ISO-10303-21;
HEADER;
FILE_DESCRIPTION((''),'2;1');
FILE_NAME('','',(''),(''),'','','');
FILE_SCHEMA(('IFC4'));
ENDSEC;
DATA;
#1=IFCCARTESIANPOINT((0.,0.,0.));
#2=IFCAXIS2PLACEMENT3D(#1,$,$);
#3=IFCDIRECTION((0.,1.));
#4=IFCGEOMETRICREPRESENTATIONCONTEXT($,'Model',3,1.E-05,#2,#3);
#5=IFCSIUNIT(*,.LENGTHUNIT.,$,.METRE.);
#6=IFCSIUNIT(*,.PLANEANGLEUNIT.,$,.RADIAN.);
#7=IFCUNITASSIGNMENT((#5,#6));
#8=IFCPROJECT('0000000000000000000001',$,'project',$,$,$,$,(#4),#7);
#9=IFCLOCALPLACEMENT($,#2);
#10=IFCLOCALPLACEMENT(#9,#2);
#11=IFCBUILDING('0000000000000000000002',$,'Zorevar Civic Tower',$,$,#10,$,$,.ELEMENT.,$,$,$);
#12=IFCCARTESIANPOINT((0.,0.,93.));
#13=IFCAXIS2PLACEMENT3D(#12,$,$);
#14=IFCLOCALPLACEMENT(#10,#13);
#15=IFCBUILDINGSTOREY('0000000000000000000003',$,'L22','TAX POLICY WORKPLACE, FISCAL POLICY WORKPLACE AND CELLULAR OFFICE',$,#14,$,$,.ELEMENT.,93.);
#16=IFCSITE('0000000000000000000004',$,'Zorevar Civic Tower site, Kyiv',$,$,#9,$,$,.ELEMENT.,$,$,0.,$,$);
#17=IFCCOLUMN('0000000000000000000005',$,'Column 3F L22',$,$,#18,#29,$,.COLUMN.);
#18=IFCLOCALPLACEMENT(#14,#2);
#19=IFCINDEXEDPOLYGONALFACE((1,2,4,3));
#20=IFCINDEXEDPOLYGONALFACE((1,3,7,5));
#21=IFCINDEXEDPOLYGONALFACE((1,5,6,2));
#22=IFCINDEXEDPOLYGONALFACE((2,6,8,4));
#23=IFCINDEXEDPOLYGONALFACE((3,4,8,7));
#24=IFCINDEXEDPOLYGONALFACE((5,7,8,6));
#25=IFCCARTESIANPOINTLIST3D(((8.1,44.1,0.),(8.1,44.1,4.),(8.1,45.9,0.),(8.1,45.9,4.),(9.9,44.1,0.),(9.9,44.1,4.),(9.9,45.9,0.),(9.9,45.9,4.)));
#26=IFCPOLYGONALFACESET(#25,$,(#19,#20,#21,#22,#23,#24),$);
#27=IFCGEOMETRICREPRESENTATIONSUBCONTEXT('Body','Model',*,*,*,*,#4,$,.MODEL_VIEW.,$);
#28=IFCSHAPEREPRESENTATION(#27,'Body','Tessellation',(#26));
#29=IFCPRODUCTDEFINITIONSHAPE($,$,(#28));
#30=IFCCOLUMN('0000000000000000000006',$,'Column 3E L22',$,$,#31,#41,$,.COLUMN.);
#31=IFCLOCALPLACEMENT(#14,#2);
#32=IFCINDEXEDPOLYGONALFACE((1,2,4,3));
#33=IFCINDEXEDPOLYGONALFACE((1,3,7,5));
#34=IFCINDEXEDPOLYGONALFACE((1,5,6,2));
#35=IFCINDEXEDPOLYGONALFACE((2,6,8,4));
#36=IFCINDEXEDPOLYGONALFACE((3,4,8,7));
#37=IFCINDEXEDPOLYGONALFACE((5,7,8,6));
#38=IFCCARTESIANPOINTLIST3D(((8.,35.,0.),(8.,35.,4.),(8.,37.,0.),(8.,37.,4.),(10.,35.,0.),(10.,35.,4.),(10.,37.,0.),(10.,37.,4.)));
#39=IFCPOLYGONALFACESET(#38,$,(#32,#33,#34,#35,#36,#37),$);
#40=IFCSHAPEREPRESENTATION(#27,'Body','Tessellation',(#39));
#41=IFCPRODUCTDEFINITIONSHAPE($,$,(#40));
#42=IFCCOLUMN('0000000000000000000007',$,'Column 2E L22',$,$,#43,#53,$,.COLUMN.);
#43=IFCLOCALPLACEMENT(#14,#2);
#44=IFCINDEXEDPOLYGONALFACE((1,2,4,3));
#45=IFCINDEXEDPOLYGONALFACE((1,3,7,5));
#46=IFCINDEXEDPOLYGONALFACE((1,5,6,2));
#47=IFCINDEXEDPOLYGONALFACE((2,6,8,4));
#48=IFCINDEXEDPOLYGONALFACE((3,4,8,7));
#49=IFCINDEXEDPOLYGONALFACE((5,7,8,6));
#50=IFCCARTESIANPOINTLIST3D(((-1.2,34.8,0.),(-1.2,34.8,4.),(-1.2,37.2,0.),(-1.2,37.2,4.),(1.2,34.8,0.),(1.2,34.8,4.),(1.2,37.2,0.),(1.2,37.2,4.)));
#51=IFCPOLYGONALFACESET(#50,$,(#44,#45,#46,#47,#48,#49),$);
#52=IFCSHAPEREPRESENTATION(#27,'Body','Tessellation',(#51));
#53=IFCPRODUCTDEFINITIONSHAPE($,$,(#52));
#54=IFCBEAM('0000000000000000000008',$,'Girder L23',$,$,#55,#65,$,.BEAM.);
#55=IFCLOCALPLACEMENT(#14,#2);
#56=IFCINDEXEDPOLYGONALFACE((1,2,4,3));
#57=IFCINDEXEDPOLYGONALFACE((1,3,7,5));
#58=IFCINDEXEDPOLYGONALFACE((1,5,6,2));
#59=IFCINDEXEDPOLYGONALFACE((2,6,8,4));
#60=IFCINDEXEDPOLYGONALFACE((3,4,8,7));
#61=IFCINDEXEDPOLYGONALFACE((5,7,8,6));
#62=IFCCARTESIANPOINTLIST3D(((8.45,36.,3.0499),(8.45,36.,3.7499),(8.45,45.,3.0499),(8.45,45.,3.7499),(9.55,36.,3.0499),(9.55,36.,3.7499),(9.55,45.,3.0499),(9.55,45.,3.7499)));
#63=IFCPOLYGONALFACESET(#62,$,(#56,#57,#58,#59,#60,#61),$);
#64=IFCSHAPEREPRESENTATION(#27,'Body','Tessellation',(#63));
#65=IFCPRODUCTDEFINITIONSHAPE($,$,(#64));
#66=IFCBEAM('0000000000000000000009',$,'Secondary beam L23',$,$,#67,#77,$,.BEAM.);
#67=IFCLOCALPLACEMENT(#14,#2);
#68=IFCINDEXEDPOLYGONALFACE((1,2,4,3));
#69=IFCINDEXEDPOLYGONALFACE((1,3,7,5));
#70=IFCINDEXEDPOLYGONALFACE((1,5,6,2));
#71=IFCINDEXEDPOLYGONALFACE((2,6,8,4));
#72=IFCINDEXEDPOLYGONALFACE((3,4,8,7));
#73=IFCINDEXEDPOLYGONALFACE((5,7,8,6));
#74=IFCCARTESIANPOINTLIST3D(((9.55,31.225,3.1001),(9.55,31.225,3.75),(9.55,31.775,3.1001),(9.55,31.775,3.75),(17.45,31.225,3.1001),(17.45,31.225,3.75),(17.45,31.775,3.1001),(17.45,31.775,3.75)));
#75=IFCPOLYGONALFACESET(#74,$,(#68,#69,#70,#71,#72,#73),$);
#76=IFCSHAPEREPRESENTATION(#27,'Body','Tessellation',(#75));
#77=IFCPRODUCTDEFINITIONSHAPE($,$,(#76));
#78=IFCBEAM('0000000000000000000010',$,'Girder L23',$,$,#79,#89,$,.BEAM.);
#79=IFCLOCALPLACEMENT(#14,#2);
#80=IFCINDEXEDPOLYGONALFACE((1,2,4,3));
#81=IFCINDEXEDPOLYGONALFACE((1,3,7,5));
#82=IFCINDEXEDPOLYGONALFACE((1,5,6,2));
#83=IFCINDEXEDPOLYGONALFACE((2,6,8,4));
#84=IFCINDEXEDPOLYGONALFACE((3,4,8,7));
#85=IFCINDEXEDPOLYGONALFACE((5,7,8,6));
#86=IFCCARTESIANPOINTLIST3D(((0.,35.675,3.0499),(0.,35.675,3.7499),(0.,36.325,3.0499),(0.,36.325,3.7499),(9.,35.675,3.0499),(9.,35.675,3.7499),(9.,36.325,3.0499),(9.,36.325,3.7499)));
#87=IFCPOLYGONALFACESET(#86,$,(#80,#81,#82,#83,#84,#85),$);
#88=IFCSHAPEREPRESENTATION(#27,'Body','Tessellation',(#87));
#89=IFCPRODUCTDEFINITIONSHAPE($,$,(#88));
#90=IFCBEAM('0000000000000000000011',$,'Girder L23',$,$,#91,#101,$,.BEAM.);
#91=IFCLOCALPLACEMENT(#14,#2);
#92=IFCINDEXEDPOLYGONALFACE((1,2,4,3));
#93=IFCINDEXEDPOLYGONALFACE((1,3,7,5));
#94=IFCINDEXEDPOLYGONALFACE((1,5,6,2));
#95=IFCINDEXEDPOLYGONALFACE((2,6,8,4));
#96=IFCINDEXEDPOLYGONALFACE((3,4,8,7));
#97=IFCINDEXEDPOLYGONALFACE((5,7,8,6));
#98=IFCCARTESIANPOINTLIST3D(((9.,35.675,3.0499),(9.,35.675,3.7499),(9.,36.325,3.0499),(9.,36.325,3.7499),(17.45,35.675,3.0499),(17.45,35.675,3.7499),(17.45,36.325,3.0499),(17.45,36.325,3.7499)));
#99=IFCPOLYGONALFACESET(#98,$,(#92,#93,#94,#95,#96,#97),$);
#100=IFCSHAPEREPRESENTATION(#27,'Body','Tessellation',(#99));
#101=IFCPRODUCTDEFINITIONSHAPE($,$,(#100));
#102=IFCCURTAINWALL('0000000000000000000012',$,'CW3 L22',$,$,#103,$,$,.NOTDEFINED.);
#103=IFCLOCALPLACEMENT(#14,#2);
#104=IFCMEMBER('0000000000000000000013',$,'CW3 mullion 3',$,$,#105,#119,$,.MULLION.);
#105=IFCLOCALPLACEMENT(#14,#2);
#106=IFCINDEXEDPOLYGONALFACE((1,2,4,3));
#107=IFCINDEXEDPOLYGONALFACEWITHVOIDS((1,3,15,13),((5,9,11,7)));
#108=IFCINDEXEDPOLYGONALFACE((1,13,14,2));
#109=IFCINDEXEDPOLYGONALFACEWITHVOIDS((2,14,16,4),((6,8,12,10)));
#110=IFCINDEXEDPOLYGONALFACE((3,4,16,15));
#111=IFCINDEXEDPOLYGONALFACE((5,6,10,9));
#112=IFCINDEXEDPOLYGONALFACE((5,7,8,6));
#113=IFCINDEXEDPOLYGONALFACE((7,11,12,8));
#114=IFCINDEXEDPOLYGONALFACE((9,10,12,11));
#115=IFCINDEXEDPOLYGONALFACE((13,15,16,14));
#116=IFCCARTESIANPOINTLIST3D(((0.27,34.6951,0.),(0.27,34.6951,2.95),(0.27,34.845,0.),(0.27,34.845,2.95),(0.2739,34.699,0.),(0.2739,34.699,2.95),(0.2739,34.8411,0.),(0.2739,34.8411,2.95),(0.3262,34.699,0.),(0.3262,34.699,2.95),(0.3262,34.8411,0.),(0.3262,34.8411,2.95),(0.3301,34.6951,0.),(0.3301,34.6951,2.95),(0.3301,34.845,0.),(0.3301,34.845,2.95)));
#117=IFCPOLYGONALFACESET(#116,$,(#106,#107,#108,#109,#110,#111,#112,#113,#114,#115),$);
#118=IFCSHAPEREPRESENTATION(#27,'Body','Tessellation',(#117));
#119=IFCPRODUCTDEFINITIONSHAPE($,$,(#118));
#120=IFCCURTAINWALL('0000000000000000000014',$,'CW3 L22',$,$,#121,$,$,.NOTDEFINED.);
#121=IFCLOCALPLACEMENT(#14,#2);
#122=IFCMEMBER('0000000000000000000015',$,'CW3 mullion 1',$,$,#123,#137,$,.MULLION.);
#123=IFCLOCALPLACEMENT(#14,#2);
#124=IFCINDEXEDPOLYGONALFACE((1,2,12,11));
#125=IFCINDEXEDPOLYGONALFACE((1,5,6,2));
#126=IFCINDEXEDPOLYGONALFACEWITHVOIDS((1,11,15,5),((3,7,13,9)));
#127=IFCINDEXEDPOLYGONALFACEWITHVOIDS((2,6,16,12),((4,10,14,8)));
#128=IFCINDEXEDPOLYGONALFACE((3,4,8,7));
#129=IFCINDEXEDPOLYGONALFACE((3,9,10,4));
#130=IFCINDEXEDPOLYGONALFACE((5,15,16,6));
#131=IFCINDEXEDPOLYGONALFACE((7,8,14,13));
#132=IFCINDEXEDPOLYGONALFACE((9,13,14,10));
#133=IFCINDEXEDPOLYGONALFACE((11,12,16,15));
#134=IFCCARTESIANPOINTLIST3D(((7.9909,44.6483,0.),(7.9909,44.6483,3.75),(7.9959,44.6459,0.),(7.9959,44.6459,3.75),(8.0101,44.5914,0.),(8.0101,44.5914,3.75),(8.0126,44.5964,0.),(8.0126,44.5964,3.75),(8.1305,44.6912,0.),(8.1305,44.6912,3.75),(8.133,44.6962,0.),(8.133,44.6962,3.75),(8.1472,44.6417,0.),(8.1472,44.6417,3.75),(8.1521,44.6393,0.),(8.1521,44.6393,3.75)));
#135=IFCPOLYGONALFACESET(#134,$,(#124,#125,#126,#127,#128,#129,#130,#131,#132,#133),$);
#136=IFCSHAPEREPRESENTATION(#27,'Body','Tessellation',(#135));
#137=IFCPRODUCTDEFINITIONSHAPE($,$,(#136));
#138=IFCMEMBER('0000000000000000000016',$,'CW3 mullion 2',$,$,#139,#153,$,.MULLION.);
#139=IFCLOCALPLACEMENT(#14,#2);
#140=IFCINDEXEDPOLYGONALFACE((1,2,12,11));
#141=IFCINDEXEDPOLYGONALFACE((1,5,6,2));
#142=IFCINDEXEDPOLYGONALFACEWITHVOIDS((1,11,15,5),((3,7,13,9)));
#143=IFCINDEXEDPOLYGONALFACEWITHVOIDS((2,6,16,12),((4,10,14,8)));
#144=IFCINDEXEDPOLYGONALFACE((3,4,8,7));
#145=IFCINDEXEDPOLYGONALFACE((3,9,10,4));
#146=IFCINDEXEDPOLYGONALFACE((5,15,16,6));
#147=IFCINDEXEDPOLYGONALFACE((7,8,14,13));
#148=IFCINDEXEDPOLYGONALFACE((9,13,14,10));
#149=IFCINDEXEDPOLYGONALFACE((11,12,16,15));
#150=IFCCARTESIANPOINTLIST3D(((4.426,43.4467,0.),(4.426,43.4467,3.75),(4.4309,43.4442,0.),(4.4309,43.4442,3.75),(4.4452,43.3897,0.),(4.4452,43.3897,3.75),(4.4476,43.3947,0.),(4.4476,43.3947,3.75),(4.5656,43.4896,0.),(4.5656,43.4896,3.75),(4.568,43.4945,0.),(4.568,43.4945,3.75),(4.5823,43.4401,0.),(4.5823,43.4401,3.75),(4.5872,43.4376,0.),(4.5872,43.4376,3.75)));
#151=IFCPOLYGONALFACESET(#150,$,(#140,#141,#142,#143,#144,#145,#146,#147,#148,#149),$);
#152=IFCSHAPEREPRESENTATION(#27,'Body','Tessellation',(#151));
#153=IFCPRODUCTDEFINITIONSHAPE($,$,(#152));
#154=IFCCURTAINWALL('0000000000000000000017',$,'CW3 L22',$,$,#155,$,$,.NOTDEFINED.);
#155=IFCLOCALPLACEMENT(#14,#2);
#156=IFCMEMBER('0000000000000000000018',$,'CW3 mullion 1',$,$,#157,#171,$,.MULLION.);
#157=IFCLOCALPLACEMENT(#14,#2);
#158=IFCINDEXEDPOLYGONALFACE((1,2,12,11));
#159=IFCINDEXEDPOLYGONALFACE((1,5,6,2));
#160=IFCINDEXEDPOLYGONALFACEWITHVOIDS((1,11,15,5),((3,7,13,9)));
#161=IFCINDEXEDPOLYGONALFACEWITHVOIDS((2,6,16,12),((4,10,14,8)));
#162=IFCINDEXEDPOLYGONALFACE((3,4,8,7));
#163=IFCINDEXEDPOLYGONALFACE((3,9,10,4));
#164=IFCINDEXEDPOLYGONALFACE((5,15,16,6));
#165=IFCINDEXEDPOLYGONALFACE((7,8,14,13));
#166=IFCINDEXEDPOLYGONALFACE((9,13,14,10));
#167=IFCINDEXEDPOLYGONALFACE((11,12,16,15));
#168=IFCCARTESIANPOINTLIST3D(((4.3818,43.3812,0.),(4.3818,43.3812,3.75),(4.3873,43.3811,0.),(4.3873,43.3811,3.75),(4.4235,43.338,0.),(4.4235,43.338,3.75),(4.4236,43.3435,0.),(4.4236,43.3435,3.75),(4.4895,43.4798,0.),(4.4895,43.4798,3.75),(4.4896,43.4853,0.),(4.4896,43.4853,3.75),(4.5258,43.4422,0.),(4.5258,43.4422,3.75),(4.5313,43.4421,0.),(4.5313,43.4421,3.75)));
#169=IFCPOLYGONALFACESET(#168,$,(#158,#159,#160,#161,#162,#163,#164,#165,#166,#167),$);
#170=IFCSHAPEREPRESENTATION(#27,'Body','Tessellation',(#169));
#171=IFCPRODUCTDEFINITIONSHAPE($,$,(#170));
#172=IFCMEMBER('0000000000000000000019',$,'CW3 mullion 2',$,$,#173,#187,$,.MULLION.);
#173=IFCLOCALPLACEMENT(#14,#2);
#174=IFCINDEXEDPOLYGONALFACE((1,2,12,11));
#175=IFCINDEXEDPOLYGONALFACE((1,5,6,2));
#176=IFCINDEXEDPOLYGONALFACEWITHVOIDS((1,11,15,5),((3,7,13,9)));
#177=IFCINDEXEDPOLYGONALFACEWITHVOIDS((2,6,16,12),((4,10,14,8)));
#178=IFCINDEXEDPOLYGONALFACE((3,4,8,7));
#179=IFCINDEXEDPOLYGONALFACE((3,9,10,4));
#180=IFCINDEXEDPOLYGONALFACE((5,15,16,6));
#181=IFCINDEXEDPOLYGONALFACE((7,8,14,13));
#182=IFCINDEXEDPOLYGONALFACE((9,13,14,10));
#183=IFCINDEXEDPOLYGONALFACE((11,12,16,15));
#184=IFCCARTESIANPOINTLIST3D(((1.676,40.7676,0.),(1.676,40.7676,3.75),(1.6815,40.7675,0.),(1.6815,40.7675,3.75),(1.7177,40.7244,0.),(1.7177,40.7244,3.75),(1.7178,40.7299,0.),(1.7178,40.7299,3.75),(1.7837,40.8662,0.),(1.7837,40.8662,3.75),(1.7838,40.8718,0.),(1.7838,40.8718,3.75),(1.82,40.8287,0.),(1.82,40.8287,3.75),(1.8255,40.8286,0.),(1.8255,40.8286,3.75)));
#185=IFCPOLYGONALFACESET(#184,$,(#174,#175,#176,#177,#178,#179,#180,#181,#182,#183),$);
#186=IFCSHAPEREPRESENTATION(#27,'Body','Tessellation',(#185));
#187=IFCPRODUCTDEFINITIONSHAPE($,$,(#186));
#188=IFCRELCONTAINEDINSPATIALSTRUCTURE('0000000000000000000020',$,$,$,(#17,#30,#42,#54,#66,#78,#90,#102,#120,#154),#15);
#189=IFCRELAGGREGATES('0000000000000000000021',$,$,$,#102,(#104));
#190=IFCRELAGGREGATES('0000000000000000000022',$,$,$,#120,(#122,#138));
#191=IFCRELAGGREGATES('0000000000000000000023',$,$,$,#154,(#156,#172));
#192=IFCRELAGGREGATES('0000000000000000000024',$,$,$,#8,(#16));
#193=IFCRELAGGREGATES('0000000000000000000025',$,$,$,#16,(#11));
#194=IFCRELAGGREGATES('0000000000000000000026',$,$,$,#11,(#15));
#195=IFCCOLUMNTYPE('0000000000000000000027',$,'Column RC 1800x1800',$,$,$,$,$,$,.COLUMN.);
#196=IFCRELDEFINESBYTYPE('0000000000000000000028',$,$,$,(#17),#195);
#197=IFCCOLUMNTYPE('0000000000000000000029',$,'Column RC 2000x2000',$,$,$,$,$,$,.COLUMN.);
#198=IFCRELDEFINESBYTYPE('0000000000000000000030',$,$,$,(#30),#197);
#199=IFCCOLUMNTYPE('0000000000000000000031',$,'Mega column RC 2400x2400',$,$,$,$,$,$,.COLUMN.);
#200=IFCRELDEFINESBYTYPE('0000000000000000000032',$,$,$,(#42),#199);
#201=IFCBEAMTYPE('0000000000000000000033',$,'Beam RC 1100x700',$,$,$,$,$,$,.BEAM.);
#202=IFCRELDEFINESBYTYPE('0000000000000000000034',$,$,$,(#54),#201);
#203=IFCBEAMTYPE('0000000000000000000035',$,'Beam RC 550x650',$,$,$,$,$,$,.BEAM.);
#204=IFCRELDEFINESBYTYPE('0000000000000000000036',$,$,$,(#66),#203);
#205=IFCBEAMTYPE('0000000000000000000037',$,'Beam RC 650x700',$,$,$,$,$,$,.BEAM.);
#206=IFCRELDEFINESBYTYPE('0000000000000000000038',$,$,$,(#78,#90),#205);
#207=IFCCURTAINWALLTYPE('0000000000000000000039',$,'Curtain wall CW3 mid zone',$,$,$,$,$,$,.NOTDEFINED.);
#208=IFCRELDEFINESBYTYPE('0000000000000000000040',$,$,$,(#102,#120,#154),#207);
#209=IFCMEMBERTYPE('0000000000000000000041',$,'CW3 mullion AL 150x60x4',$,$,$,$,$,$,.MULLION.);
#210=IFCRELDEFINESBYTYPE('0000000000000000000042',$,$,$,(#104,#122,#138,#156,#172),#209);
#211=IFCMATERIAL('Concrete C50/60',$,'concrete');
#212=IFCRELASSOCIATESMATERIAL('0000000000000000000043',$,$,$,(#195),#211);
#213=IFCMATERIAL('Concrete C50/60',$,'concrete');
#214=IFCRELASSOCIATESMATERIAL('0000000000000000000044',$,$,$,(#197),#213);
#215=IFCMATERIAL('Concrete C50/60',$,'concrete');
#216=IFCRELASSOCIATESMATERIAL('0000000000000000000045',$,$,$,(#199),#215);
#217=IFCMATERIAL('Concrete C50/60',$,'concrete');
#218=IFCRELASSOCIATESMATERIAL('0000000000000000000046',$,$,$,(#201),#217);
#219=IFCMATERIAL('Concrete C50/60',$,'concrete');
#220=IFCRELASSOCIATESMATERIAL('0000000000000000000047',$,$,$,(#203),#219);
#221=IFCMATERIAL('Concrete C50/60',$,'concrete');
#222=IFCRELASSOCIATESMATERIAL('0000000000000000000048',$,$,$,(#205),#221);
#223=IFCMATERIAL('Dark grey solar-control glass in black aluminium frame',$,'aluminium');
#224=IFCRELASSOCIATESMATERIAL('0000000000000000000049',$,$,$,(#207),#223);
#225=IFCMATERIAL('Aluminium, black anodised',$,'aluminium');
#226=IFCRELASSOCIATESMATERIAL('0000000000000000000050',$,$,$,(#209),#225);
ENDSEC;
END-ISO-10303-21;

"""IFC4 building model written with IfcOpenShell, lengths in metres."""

from ifc_helpers import new_model, si_unit, direction, frame, origin, origin_2d, place, context, subcontext, project, spatial, rectangle, hollow_rectangle, extrude, material, material_profile, profile_set, type_object, element, aggregate, save


model = new_model("IFC4")

# Units and contexts
model_context = context("Model", 3, precision=1e-05, world=origin(), true_north=direction((0.0, 1.0)))
body_context = subcontext(model_context, "Body", "Model", "MODEL_VIEW")
ifc_project = project(units=[si_unit("LENGTHUNIT", "METRE"), si_unit("PLANEANGLEUNIT", "RADIAN")], contexts=[model_context])

# Site, building, storey
site_placement = place(None, origin())
site = spatial("IfcSite", under=ifc_project, at=site_placement, Name="Zorevar Civic Tower site, Kyiv", CompositionType="ELEMENT", RefElevation=0.0)
building_placement = place(site_placement, origin())
building = spatial("IfcBuilding", under=site, at=building_placement, Name="Zorevar Civic Tower", CompositionType="ELEMENT")
storey_placement = place(building_placement, frame((0.0, 0.0, 93.0)))
storey = spatial("IfcBuildingStorey", under=building, at=storey_placement, Name="L22", Description="TAX POLICY WORKPLACE, FISCAL POLICY WORKPLACE AND CELLULAR OFFICE", CompositionType="ELEMENT", Elevation=93.0)

# Columns
ifc_material_1 = material(Name="Concrete C50/60", Category="concrete")
ifc_material_profile_1 = material_profile(ifc_material_1, rectangle(XDim=1.8, YDim=1.8, at=origin_2d()), Name="RC 1800x1800")
ifc_profile_set_1 = profile_set([ifc_material_profile_1], Name="Concrete C50/60")
column_type_1 = type_object("IfcColumnType", Name="Column RC 1800x1800", PredefinedType="COLUMN", material=ifc_profile_set_1)
column_1_placement = place(storey_placement, frame((9.0, 45.0, 0.0), z_axis=(0.0, 0.0, 1.0), x_axis=(1.0, 0.0, 0.0)))
element("IfcColumn", 1, at=column_1_placement, inside=storey, type_object=column_type_1, Name="Column 3F L22", PredefinedType="COLUMN", context=body_context, shape_type="SweptSolid", body=[
    extrude(rectangle(XDim=1.8, YDim=1.8, at=origin_2d()), origin(), (0.0, 0.0, 1.0), 4.0),
])
ifc_material_2 = material(Name="Concrete C50/60", Category="concrete")
ifc_material_profile_2 = material_profile(ifc_material_2, rectangle(XDim=2.0, YDim=2.0, at=origin_2d()), Name="RC 2000x2000")
ifc_profile_set_2 = profile_set([ifc_material_profile_2], Name="Concrete C50/60")
column_type_2 = type_object("IfcColumnType", Name="Column RC 2000x2000", PredefinedType="COLUMN", material=ifc_profile_set_2)
column_2_placement = place(storey_placement, frame((9.0, 36.0, 0.0), z_axis=(0.0, 0.0, 1.0), x_axis=(1.0, 0.0, 0.0)))
element("IfcColumn", 2, at=column_2_placement, inside=storey, type_object=column_type_2, Name="Column 3E L22", PredefinedType="COLUMN", context=body_context, shape_type="SweptSolid", body=[
    extrude(rectangle(XDim=2.0, YDim=2.0, at=origin_2d()), origin(), (0.0, 0.0, 1.0), 4.0),
])
ifc_material_3 = material(Name="Concrete C50/60", Category="concrete")
ifc_material_profile_3 = material_profile(ifc_material_3, rectangle(XDim=2.3999, YDim=2.3999, at=origin_2d()), Name="RC 2400x2400")
ifc_profile_set_3 = profile_set([ifc_material_profile_3], Name="Concrete C50/60")
column_type_3 = type_object("IfcColumnType", Name="Mega column RC 2400x2400", PredefinedType="COLUMN", material=ifc_profile_set_3)
column_3_placement = place(storey_placement, frame((0.0, 36.0, 0.0), z_axis=(0.0, 0.0, 1.0), x_axis=(1.0, 0.0, 0.0)))
element("IfcColumn", 3, at=column_3_placement, inside=storey, type_object=column_type_3, Name="Column 2E L22", PredefinedType="COLUMN", context=body_context, shape_type="SweptSolid", body=[
    extrude(rectangle(XDim=2.3999, YDim=2.3999, at=origin_2d()), origin(), (0.0, 0.0, 1.0), 4.0),
])

# Beams
ifc_material_4 = material(Name="Concrete C50/60", Category="concrete")
ifc_material_profile_4 = material_profile(ifc_material_4, rectangle(XDim=1.1001, YDim=0.7, at=origin_2d()), Name="RC 1100x700")
ifc_profile_set_4 = profile_set([ifc_material_profile_4], Name="Concrete C50/60")
beam_type_1 = type_object("IfcBeamType", Name="Beam RC 1100x700", PredefinedType="BEAM", material=ifc_profile_set_4)
beam_1_placement = place(storey_placement, frame((9.0, 36.0, 3.3999), z_axis=(0.0, 1.0, 0.0), x_axis=(-1.0, 0.0, 0.0)))
element("IfcBeam", 4, at=beam_1_placement, inside=storey, type_object=beam_type_1, Name="Girder L23", PredefinedType="BEAM", context=body_context, shape_type="SweptSolid", body=[
    extrude(rectangle(XDim=1.1001, YDim=0.7, at=origin_2d()), origin(), (0.0, 0.0, 1.0), 9.0),
])
ifc_material_5 = material(Name="Concrete C50/60", Category="concrete")
ifc_material_profile_5 = material_profile(ifc_material_5, rectangle(XDim=0.55, YDim=0.6499, at=origin_2d()), Name="RC 550x650")
ifc_profile_set_5 = profile_set([ifc_material_profile_5], Name="Concrete C50/60")
beam_type_2 = type_object("IfcBeamType", Name="Beam RC 550x650", PredefinedType="BEAM", material=ifc_profile_set_5)
beam_2_placement = place(storey_placement, frame((9.55, 31.5, 3.425), z_axis=(1.0, 0.0, 0.0), x_axis=(0.0, 1.0, 0.0)))
element("IfcBeam", 5, at=beam_2_placement, inside=storey, type_object=beam_type_2, Name="Secondary beam L23", PredefinedType="BEAM", context=body_context, shape_type="SweptSolid", body=[
    extrude(rectangle(XDim=0.55, YDim=0.6499, at=origin_2d()), origin(), (0.0, 0.0, 1.0), 7.8999),
])
ifc_material_6 = material(Name="Concrete C50/60", Category="concrete")
ifc_material_profile_6 = material_profile(ifc_material_6, rectangle(XDim=0.6499, YDim=0.7, at=origin_2d()), Name="RC 650x700")
ifc_profile_set_6 = profile_set([ifc_material_profile_6], Name="Concrete C50/60")
beam_type_3 = type_object("IfcBeamType", Name="Beam RC 650x700", PredefinedType="BEAM", material=ifc_profile_set_6)
beam_3_placement = place(storey_placement, frame((0.0, 36.0, 3.3999), z_axis=(1.0, 0.0, 0.0), x_axis=(0.0, 1.0, 0.0)))
element("IfcBeam", 6, at=beam_3_placement, inside=storey, type_object=beam_type_3, Name="Girder L23", PredefinedType="BEAM", context=body_context, shape_type="SweptSolid", body=[
    extrude(rectangle(XDim=0.6499, YDim=0.7, at=origin_2d()), origin(), (0.0, 0.0, 1.0), 9.0),
])
beam_4_placement = place(storey_placement, frame((9.0, 36.0, 3.3999), z_axis=(1.0, 0.0, 0.0), x_axis=(0.0, 1.0, 0.0)))
element("IfcBeam", 7, at=beam_4_placement, inside=storey, type_object=beam_type_3, Name="Girder L23", PredefinedType="BEAM", context=body_context, shape_type="SweptSolid", body=[
    extrude(rectangle(XDim=0.6499, YDim=0.7, at=origin_2d()), origin(), (0.0, 0.0, 1.0), 8.45),
])

# Curtain wall, member
ifc_material_7 = material(Name="Dark grey solar-control glass in black aluminium frame", Category="aluminium")
curtain_wall_type = type_object("IfcCurtainWallType", Name="Curtain wall CW3 mid zone", PredefinedType="NOTDEFINED", material=ifc_material_7)
curtain_wall_1_placement = place(storey_placement, origin())
curtain_wall_1 = element("IfcCurtainWall", 8, at=curtain_wall_1_placement, inside=storey, type_object=curtain_wall_type, Name="CW3 L22", PredefinedType="NOTDEFINED")
ifc_material_8 = material(Name="Aluminium, black anodised", Category="aluminium")
ifc_material_profile_7 = material_profile(ifc_material_8, hollow_rectangle(XDim=0.0601, YDim=0.1499, WallThickness=0.0039, at=origin_2d()), Name="AL 150x60x4")
ifc_profile_set_7 = profile_set([ifc_material_profile_7], Name="Aluminium, black anodised")
member_type_1 = type_object("IfcMemberType", Name="CW3 mullion AL 150x60x4", PredefinedType="MULLION", material=ifc_profile_set_7)
member_1_placement = place(storey_placement, frame((0.3, 34.77, 0.0), z_axis=(0.0, 0.0, 1.0), x_axis=(-1.0, 0.0, 0.0)))
member_1 = element("IfcMember", 9, at=member_1_placement, type_object=member_type_1, Name="CW3 mullion 3", PredefinedType="MULLION", context=body_context, shape_type="SweptSolid", body=[
    extrude(hollow_rectangle(XDim=0.0601, YDim=0.1499, WallThickness=0.0039, at=origin_2d()), origin(), (0.0, 0.0, 1.0), 2.95),
])

# Curtain walls, members
curtain_wall_2_placement = place(storey_placement, origin())
curtain_wall_2 = element("IfcCurtainWall", 10, at=curtain_wall_2_placement, inside=storey, type_object=curtain_wall_type, Name="CW3 L22", PredefinedType="NOTDEFINED")
member_2_placement = place(storey_placement, frame((8.0715, 44.6438, 0.0), z_axis=(0.0, 0.0, 1.0), x_axis=(0.319413, -0.947616, 0.0)))
member_2 = element("IfcMember", 11, at=member_2_placement, type_object=member_type_1, Name="CW3 mullion 1", PredefinedType="MULLION", context=body_context, shape_type="SweptSolid", body=[
    extrude(hollow_rectangle(XDim=0.0601, YDim=0.1499, WallThickness=0.0039, at=origin_2d()), origin(), (0.0, 0.0, 1.0), 3.75),
])
member_3_placement = place(storey_placement, frame((4.5066, 43.4421, 0.0), z_axis=(0.0, 0.0, 1.0), x_axis=(0.319413, -0.947616, 0.0)))
member_3 = element("IfcMember", 12, at=member_3_placement, type_object=member_type_1, Name="CW3 mullion 2", PredefinedType="MULLION", context=body_context, shape_type="SweptSolid", body=[
    extrude(hollow_rectangle(XDim=0.0601, YDim=0.1499, WallThickness=0.0039, at=origin_2d()), origin(), (0.0, 0.0, 1.0), 3.75),
])
curtain_wall_3_placement = place(storey_placement, origin())
curtain_wall_3 = element("IfcCurtainWall", 13, at=curtain_wall_3_placement, inside=storey, type_object=curtain_wall_type, Name="CW3 L22", PredefinedType="NOTDEFINED")
member_4_placement = place(storey_placement, frame((4.4565, 43.4116, 0.0), z_axis=(0.0, 0.0, 1.0), x_axis=(0.694719, -0.719281, 0.0)))
member_4 = element("IfcMember", 14, at=member_4_placement, type_object=member_type_1, Name="CW3 mullion 1", PredefinedType="MULLION", context=body_context, shape_type="SweptSolid", body=[
    extrude(hollow_rectangle(XDim=0.0601, YDim=0.1499, WallThickness=0.0039, at=origin_2d()), origin(), (0.0, 0.0, 1.0), 3.75),
])
member_5_placement = place(storey_placement, frame((1.7507, 40.7981, 0.0), z_axis=(0.0, 0.0, 1.0), x_axis=(0.694719, -0.719281, 0.0)))
member_5 = element("IfcMember", 15, at=member_5_placement, type_object=member_type_1, Name="CW3 mullion 2", PredefinedType="MULLION", context=body_context, shape_type="SweptSolid", body=[
    extrude(hollow_rectangle(XDim=0.0601, YDim=0.1499, WallThickness=0.0039, at=origin_2d()), origin(), (0.0, 0.0, 1.0), 3.75),
])

aggregate(curtain_wall_1, [member_1])
aggregate(curtain_wall_2, [member_2, member_3])
aggregate(curtain_wall_3, [member_4, member_5])

save(model, "model.ifc")
